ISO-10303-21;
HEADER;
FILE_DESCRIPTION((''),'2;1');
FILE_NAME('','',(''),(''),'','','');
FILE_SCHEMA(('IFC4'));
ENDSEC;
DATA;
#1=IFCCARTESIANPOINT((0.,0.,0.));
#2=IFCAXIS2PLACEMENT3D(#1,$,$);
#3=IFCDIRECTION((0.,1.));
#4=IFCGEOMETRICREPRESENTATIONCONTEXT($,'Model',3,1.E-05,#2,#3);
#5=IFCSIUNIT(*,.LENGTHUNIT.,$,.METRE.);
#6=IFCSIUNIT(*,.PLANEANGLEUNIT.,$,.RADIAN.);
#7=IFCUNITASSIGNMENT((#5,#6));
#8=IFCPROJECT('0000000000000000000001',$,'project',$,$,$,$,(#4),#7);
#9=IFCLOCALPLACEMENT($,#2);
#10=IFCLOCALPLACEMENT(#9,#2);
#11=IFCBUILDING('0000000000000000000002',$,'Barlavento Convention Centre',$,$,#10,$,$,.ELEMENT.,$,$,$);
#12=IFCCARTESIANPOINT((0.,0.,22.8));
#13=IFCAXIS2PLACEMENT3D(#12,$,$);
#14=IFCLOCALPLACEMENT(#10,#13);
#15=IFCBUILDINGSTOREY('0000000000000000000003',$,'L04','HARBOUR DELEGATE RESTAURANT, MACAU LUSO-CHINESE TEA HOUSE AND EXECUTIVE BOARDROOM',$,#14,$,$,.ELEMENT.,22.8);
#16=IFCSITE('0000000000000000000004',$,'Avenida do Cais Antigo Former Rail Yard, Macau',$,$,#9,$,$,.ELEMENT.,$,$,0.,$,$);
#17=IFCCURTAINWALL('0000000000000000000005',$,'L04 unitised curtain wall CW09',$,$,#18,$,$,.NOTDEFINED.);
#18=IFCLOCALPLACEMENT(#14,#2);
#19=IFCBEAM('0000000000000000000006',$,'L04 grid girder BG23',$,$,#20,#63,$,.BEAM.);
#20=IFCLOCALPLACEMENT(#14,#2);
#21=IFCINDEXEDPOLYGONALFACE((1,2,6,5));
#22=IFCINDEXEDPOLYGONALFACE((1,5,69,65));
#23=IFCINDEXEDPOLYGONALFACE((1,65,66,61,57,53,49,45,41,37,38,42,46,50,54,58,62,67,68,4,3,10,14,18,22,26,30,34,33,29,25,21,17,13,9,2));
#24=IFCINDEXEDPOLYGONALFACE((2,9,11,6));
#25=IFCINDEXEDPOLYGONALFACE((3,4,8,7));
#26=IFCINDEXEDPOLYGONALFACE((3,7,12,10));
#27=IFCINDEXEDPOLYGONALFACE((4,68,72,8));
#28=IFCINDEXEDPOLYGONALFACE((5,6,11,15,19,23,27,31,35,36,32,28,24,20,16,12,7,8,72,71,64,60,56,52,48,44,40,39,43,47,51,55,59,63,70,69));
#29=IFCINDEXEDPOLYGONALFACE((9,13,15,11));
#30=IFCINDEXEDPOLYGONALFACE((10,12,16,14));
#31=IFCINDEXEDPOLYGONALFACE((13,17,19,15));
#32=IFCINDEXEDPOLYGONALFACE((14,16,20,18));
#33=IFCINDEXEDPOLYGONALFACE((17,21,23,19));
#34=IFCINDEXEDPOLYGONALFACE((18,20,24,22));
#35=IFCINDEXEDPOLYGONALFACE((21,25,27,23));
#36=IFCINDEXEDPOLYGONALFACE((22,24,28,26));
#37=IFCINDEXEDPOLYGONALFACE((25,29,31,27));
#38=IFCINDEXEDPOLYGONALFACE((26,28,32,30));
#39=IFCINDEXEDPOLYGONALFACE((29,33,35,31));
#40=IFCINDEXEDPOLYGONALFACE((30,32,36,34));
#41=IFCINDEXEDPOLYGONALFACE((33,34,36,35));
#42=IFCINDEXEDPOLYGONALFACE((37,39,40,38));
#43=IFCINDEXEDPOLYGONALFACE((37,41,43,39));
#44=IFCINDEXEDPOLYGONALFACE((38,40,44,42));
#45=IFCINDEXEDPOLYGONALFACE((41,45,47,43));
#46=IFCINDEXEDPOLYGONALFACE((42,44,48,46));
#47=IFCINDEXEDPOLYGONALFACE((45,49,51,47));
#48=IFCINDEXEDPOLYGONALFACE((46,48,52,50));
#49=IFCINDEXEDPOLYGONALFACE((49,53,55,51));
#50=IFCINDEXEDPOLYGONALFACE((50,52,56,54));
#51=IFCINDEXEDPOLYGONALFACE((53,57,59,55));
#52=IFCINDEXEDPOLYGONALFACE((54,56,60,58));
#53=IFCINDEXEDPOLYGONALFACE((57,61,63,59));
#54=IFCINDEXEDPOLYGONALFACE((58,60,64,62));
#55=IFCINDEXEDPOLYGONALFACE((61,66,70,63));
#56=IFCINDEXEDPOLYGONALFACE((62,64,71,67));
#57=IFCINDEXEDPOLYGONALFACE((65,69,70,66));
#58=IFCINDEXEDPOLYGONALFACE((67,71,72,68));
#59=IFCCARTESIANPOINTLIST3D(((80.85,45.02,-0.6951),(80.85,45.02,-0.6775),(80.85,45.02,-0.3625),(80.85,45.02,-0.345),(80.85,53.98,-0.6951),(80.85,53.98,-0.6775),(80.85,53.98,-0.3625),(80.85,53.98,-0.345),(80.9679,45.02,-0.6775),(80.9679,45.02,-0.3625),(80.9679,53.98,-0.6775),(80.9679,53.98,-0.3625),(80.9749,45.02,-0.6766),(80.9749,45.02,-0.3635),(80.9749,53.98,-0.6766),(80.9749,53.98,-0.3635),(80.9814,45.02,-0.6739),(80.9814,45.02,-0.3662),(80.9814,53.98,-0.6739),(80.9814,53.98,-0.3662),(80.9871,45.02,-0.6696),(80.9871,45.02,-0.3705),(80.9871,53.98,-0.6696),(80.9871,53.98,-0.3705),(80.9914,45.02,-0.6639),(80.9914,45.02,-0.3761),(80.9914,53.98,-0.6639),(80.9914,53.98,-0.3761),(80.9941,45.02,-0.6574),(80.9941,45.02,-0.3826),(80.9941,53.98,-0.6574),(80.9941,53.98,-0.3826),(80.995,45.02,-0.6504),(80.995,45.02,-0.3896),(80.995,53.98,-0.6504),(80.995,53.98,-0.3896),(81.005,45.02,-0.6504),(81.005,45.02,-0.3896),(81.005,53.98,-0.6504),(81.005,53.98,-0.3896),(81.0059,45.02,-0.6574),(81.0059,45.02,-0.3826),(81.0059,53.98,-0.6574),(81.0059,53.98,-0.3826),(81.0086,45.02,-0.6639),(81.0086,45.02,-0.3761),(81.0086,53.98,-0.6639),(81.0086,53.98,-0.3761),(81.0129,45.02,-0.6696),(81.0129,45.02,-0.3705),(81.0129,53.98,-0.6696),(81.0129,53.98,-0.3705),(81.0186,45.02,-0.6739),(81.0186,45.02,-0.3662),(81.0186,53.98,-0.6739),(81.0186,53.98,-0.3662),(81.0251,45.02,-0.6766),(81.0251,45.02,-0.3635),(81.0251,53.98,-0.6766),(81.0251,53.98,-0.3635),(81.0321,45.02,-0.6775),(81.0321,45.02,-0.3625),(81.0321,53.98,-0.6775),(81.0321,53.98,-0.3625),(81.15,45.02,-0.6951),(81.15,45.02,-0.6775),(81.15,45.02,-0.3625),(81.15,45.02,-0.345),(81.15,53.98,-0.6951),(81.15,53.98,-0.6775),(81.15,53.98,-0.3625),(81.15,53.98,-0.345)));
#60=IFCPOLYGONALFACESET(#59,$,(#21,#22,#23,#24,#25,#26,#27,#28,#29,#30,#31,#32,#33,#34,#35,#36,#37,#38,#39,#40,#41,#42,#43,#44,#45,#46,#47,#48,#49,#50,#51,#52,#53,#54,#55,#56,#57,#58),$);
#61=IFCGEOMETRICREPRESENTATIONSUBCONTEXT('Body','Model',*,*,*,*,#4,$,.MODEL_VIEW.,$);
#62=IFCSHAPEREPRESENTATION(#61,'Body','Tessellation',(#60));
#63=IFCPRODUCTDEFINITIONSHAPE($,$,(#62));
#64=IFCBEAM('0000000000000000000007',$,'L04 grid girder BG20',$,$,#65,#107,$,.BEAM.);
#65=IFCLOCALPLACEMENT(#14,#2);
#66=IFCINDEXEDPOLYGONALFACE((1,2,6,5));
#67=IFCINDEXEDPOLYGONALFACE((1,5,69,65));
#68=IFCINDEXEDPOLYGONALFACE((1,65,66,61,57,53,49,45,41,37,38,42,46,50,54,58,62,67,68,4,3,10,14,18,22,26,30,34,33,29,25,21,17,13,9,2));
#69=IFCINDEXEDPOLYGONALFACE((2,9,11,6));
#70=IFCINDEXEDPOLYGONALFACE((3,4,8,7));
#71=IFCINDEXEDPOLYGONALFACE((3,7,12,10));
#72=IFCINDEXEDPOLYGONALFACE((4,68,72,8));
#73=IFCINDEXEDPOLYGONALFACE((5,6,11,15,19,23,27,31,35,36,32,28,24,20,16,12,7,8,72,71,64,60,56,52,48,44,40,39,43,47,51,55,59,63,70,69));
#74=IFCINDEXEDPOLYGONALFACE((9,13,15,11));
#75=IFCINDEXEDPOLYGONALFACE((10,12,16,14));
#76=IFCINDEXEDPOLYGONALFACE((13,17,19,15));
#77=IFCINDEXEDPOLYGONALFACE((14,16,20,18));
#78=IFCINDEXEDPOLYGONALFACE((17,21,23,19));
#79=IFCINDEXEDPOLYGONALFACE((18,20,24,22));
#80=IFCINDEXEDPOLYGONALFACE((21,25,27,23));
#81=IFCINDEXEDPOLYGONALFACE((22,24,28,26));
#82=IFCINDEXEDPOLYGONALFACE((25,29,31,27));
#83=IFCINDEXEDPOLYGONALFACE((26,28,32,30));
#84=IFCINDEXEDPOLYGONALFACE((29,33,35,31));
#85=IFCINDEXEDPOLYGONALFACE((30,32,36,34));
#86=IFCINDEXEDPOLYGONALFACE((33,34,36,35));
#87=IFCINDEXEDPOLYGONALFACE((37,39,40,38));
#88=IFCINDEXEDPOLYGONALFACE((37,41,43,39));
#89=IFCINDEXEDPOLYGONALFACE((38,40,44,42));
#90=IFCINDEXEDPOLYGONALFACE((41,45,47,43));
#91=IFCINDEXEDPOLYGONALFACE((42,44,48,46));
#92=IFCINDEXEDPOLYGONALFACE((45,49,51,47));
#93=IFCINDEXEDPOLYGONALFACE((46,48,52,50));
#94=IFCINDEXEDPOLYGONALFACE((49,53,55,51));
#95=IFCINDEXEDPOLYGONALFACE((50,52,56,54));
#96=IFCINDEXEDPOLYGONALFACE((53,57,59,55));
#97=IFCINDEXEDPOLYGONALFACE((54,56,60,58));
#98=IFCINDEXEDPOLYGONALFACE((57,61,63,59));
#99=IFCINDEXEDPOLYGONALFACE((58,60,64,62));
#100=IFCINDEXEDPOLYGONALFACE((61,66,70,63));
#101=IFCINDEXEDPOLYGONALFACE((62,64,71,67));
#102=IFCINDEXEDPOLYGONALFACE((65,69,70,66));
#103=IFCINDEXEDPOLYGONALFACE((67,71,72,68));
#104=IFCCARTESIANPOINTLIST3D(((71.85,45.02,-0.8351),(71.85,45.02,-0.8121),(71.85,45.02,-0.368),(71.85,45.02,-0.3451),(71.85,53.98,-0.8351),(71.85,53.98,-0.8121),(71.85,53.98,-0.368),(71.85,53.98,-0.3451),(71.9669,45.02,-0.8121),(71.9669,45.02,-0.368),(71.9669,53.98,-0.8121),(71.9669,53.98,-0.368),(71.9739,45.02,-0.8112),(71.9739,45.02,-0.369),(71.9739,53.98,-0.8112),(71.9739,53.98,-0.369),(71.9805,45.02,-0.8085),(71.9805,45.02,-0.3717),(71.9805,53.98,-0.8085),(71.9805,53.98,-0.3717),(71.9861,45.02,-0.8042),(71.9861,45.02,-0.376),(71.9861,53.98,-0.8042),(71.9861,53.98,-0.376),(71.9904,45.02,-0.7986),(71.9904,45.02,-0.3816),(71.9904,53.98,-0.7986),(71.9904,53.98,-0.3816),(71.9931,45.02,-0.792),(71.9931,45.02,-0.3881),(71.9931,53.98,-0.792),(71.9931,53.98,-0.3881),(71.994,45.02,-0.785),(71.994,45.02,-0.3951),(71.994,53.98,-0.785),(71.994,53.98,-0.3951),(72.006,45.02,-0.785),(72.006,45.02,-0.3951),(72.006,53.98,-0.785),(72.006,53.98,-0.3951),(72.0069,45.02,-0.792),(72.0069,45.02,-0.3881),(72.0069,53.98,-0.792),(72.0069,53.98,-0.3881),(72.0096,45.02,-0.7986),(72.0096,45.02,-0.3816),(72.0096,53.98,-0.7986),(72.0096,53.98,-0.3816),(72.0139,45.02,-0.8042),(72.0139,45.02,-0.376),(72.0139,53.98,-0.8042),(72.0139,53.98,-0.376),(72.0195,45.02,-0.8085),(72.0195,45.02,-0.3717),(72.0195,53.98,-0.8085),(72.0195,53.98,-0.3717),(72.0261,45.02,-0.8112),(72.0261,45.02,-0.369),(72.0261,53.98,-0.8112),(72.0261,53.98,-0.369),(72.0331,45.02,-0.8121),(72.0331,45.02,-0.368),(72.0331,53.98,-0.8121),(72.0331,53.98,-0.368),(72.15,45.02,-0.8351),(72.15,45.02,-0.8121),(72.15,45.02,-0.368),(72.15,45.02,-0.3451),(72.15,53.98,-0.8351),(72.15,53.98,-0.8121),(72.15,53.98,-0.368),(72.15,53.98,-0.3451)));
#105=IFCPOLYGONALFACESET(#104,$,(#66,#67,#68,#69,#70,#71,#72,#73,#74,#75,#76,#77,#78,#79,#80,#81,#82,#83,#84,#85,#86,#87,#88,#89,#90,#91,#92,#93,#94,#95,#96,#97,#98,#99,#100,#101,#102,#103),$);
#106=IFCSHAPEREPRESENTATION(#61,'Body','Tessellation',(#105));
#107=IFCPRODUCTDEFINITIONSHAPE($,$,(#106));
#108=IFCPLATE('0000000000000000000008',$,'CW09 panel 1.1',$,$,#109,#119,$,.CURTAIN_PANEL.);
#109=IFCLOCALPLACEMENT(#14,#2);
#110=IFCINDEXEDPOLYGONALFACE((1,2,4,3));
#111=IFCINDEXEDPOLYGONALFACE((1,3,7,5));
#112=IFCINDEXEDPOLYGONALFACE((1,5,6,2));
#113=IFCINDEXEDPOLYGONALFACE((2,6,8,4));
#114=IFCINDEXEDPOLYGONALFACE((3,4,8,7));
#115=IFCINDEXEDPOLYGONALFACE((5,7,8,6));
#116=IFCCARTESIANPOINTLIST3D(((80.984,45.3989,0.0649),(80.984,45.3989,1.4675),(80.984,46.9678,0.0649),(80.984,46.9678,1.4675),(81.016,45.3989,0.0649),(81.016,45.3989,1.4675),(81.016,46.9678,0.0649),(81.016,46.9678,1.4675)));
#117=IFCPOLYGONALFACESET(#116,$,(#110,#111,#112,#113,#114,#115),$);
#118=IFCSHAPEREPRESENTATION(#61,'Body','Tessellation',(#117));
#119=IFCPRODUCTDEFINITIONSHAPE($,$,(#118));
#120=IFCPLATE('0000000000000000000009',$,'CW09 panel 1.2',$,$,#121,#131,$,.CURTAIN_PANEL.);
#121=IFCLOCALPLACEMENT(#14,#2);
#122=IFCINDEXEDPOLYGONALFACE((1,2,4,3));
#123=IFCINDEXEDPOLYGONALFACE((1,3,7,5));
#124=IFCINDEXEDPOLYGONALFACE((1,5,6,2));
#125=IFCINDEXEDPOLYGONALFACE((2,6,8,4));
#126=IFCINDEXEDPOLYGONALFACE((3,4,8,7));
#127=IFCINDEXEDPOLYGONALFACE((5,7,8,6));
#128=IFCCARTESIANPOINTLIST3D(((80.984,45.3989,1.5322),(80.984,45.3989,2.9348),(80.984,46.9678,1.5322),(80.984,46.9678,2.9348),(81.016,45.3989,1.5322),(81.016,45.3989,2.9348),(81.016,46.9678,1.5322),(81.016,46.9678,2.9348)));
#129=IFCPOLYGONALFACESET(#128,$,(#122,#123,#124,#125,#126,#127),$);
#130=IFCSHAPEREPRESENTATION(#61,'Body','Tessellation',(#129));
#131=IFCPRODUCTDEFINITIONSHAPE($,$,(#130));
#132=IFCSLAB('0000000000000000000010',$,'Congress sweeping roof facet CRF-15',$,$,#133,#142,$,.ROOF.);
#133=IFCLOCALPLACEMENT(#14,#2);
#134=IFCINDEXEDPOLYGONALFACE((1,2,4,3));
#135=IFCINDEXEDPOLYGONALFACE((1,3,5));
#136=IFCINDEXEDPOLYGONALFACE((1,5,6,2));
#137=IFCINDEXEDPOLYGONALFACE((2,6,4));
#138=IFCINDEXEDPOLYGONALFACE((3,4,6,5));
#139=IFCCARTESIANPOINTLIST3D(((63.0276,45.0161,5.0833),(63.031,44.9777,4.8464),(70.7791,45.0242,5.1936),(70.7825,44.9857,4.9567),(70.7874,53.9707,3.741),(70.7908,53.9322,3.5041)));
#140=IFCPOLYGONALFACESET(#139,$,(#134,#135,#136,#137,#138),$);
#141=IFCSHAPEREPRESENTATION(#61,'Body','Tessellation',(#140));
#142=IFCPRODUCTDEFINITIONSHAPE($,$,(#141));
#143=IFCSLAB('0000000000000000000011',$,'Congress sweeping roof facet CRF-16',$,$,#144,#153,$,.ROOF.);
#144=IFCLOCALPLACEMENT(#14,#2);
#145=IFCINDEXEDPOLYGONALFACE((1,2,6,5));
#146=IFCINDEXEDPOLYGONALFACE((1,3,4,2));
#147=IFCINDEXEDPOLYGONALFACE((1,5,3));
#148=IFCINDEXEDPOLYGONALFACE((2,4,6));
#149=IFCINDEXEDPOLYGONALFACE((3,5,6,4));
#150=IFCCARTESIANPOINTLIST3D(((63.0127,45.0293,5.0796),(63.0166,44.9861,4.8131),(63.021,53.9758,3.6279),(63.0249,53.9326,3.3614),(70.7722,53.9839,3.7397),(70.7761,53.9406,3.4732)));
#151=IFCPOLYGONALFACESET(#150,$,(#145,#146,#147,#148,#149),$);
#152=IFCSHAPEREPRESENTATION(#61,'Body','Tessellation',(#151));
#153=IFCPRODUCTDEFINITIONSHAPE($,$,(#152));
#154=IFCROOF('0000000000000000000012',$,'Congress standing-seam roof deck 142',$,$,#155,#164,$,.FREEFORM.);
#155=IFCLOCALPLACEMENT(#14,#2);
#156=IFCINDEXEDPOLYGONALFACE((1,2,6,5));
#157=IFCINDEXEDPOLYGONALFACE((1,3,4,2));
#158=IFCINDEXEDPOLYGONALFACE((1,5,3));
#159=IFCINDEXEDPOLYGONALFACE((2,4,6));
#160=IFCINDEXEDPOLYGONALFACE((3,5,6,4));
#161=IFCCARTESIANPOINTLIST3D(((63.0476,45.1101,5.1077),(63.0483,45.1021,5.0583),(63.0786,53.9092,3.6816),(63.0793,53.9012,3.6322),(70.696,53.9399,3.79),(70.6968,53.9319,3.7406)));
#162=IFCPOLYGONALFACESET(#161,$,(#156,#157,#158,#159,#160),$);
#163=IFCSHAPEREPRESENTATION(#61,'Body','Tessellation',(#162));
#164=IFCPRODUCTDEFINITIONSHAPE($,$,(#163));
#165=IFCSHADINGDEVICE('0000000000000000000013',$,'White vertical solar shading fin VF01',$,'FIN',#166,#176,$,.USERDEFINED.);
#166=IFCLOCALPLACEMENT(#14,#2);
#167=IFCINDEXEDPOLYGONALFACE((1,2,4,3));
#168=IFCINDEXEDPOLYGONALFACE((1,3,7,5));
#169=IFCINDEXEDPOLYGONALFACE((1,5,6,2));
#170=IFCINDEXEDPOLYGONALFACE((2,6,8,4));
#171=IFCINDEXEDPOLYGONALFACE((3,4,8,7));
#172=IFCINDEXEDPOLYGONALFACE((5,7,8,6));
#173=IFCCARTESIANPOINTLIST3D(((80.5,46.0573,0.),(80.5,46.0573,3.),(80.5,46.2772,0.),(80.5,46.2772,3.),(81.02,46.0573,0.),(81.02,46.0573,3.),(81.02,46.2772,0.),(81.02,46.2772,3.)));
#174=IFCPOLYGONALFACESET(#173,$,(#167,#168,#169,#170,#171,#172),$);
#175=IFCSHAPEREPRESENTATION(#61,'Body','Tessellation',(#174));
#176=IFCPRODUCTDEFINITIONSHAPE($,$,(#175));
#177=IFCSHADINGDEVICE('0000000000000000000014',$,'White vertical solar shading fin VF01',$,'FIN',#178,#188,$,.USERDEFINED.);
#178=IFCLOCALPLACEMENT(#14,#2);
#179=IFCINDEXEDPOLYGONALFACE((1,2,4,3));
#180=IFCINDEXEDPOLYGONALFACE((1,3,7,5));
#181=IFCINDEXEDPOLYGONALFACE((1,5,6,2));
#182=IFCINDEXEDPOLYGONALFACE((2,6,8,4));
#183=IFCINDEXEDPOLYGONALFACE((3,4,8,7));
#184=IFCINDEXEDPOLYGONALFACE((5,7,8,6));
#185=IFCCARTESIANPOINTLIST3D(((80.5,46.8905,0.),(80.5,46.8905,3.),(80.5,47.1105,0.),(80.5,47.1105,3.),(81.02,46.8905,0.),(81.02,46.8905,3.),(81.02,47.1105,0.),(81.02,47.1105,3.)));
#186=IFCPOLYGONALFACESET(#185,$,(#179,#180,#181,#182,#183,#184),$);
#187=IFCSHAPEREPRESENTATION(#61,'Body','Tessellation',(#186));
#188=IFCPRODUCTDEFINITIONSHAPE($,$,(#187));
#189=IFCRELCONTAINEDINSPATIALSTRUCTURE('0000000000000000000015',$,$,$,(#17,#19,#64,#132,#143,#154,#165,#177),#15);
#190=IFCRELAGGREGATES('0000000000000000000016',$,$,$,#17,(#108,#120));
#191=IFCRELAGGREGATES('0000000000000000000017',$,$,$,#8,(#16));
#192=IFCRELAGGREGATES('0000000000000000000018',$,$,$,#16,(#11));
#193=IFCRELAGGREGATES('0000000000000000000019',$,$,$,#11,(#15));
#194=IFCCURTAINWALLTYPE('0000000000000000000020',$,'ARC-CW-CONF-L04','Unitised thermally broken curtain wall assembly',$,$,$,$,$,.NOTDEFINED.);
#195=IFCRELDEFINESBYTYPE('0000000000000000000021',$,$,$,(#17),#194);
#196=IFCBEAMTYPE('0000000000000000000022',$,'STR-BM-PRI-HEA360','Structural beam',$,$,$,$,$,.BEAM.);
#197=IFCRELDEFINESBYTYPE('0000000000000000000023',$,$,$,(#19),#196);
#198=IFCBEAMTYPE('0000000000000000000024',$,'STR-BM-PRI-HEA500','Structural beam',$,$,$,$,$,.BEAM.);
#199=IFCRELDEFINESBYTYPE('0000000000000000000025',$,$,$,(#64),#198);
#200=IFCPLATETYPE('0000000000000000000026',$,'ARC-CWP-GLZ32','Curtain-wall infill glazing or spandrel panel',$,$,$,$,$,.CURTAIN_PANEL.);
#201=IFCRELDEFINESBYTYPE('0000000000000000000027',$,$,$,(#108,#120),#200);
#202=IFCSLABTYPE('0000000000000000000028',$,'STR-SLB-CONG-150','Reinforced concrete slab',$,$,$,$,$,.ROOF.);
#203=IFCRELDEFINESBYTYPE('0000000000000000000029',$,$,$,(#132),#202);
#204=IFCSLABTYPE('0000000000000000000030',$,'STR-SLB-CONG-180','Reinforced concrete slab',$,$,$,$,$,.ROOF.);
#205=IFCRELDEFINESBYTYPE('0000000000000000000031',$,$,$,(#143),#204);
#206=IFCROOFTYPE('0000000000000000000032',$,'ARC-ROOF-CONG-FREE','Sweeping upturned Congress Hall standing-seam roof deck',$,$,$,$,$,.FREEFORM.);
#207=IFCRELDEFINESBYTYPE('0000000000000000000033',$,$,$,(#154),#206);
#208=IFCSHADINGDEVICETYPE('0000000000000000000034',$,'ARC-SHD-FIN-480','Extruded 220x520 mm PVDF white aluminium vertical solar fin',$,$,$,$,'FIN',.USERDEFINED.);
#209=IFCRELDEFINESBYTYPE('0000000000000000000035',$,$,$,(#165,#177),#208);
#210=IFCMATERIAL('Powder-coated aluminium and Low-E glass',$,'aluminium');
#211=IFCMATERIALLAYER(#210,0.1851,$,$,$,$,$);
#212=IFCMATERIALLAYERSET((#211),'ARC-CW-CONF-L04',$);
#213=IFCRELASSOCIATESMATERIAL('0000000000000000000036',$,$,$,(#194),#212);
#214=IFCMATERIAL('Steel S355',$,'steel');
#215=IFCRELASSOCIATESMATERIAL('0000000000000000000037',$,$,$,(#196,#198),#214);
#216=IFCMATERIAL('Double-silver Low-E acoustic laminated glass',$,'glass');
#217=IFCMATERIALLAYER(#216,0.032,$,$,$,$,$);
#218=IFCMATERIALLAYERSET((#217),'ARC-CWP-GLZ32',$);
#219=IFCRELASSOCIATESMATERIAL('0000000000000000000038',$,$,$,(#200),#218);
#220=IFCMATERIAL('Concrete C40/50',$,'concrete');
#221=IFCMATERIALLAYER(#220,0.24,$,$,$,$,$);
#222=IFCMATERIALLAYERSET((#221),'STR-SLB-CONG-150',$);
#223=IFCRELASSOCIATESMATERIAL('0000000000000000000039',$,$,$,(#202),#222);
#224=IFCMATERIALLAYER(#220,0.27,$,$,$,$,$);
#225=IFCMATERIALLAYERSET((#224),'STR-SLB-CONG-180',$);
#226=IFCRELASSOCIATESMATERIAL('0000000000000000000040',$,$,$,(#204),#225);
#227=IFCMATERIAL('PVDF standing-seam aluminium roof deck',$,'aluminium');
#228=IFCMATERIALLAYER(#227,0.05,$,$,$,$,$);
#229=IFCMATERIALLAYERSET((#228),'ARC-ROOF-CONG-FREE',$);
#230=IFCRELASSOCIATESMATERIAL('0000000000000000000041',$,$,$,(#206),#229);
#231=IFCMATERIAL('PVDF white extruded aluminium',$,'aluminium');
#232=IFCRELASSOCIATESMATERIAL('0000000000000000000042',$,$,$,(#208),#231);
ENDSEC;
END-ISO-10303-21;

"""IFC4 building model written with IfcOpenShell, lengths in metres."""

from ifc_helpers import new_model, si_unit, direction, frame, origin, origin_2d, place, context, subcontext, project, spatial, polyline, rectangle, i_section, outline, extrude, material, layer, layer_set, material_profile, profile_set, type_object, element, aggregate, save


model = new_model("IFC4")

# Units and contexts
model_context = context("Model", 3, precision=1e-05, world=origin(), true_north=direction((0.0, 1.0)))
body_context = subcontext(model_context, "Body", "Model", "MODEL_VIEW")
ifc_project = project(units=[si_unit("LENGTHUNIT", "METRE"), si_unit("PLANEANGLEUNIT", "RADIAN")], contexts=[model_context])

# Site, building, storey
site_placement = place(None, origin())
site = spatial("IfcSite", under=ifc_project, at=site_placement, Name="Avenida do Cais Antigo Former Rail Yard, Macau", CompositionType="ELEMENT", RefElevation=0.0)
building_placement = place(site_placement, origin())
building = spatial("IfcBuilding", under=site, at=building_placement, Name="Barlavento Convention Centre", CompositionType="ELEMENT")
storey_placement = place(building_placement, frame((0.0, 0.0, 22.8)))
storey = spatial("IfcBuildingStorey", under=building, at=storey_placement, Name="L04", Description="HARBOUR DELEGATE RESTAURANT, MACAU LUSO-CHINESE TEA HOUSE AND EXECUTIVE BOARDROOM", CompositionType="ELEMENT", Elevation=22.8)

# Curtain wall
ifc_material_1 = material(Name="Powder-coated aluminium and Low-E glass", Category="aluminium")
ifc_layer_1 = layer(ifc_material_1, 0.1851)
ifc_layer_set_1 = layer_set([ifc_layer_1], Name="ARC-CW-CONF-L04")
curtain_wall_type = type_object("IfcCurtainWallType", Name="ARC-CW-CONF-L04", Description="Unitised thermally broken curtain wall assembly", PredefinedType="NOTDEFINED", material=ifc_layer_set_1)
curtain_wall_placement = place(storey_placement, origin())
curtain_wall = element("IfcCurtainWall", 1, at=curtain_wall_placement, inside=storey, type_object=curtain_wall_type, Name="L04 unitised curtain wall CW09", PredefinedType="NOTDEFINED")

# Beams
ifc_material_2 = material(Name="Steel S355", Category="steel")
ifc_material_profile_1 = material_profile(ifc_material_2, i_section(OverallWidth=0.3, OverallDepth=0.3501, WebThickness=0.01, FlangeThickness=0.0176, FilletRadius=0.0271, at=origin_2d()), Name="HEA 360")
ifc_profile_set_1 = profile_set([ifc_material_profile_1], Name="Steel S355")
beam_type_1 = type_object("IfcBeamType", Name="STR-BM-PRI-HEA360", Description="Structural beam", PredefinedType="BEAM", material=ifc_profile_set_1)
beam_1_placement = place(storey_placement, frame((81.0, 45.02, -0.52), z_axis=(0.0, 1.0, 0.0), x_axis=(-1.0, 0.0, 0.0)))
element("IfcBeam", 2, at=beam_1_placement, inside=storey, type_object=beam_type_1, Name="L04 grid girder BG23", PredefinedType="BEAM", context=body_context, shape_type="SweptSolid", body=[
    extrude(i_section(OverallWidth=0.3, OverallDepth=0.3501, WebThickness=0.01, FlangeThickness=0.0176, FilletRadius=0.0271, at=origin_2d()), origin(), (0.0, 0.0, 1.0), 8.96),
])
ifc_material_profile_2 = material_profile(ifc_material_2, i_section(OverallWidth=0.3, OverallDepth=0.49, WebThickness=0.012, FlangeThickness=0.0229, FilletRadius=0.0271, at=origin_2d()), Name="HEA 500")
ifc_profile_set_2 = profile_set([ifc_material_profile_2], Name="Steel S355")
beam_type_2 = type_object("IfcBeamType", Name="STR-BM-PRI-HEA500", Description="Structural beam", PredefinedType="BEAM", material=ifc_profile_set_2)
beam_2_placement = place(storey_placement, frame((72.0, 45.02, -0.5901), z_axis=(0.0, 1.0, 0.0), x_axis=(-1.0, 0.0, 0.0)))
element("IfcBeam", 3, at=beam_2_placement, inside=storey, type_object=beam_type_2, Name="L04 grid girder BG20", PredefinedType="BEAM", context=body_context, shape_type="SweptSolid", body=[
    extrude(i_section(OverallWidth=0.3, OverallDepth=0.49, WebThickness=0.012, FlangeThickness=0.0229, FilletRadius=0.0271, at=origin_2d()), origin(), (0.0, 0.0, 1.0), 8.96),
])

# Plates
ifc_material_3 = material(Name="Double-silver Low-E acoustic laminated glass", Category="glass")
ifc_layer_2 = layer(ifc_material_3, 0.032)
ifc_layer_set_2 = layer_set([ifc_layer_2], Name="ARC-CWP-GLZ32")
plate_type = type_object("IfcPlateType", Name="ARC-CWP-GLZ32", Description="Curtain-wall infill glazing or spandrel panel", PredefinedType="CURTAIN_PANEL", material=ifc_layer_set_2)
plate_1_placement = place(storey_placement, frame((81.0, 46.1833, 0.0649), z_axis=(0.0, 0.0, 1.0), x_axis=(0.0, 1.0, 0.0)))
plate_1 = element("IfcPlate", 4, at=plate_1_placement, type_object=plate_type, Name="CW09 panel 1.1", PredefinedType="CURTAIN_PANEL", context=body_context, shape_type="SweptSolid", body=[
    extrude(rectangle(XDim=1.5688, YDim=0.032, at=origin_2d()), origin(), (0.0, 0.0, 1.0), 1.4026),
])
plate_2_placement = place(storey_placement, frame((81.0, 46.1833, 1.5322), z_axis=(0.0, 0.0, 1.0), x_axis=(0.0, 1.0, 0.0)))
plate_2 = element("IfcPlate", 5, at=plate_2_placement, type_object=plate_type, Name="CW09 panel 1.2", PredefinedType="CURTAIN_PANEL", context=body_context, shape_type="SweptSolid", body=[
    extrude(rectangle(XDim=1.5688, YDim=0.032, at=origin_2d()), origin(), (0.0, 0.0, 1.0), 1.4026),
])
aggregate(curtain_wall, [plate_1, plate_2])

# Slabs
ifc_material_4 = material(Name="Concrete C40/50", Category="concrete")
ifc_layer_3 = layer(ifc_material_4, 0.24)
ifc_layer_set_3 = layer_set([ifc_layer_3], Name="STR-SLB-CONG-150")
slab_type_1 = type_object("IfcSlabType", Name="STR-SLB-CONG-150", Description="Reinforced concrete slab", PredefinedType="ROOF", material=ifc_layer_set_3)
slab_1_placement = place(storey_placement, frame((63.0276, 45.0161, 5.0833), z_axis=(-0.014217, 0.160266, 0.986971), x_axis=(0.999898, 0.001039, 0.014235)))
element("IfcSlab", 6, at=slab_1_placement, inside=storey, type_object=slab_type_1, Name="Congress sweeping roof facet CRF-15", PredefinedType="ROOF", context=body_context, shape_type="SweptSolid", body=[
    extrude(outline(polyline([(0.0, 0.0), (7.7523, 0.0), (7.7492, 9.0637), (0.0, 0.0)])), origin(), (0.0, 0.0, -1.0), 0.24),
])
ifc_layer_4 = layer(ifc_material_4, 0.27)
ifc_layer_set_4 = layer_set([ifc_layer_4], Name="STR-SLB-CONG-180")
slab_type_2 = type_object("IfcSlabType", Name="STR-SLB-CONG-180", Description="Reinforced concrete slab", PredefinedType="ROOF", material=ifc_layer_set_4)
slab_2_placement = place(storey_placement, frame((63.0127, 45.0293, 5.0796), z_axis=(-0.014404, 0.160161, 0.986986), x_axis=(0.650729, 0.75095, -0.112362)))
element("IfcSlab", 7, at=slab_2_placement, inside=storey, type_object=slab_type_2, Name="Congress sweeping roof facet CRF-16", PredefinedType="ROOF", context=body_context, shape_type="SweptSolid", body=[
    extrude(outline(polyline([(0.0, 0.0), (11.9243, 0.0), (6.8869, 5.8922), (0.0, 0.0)])), origin(), (0.0, 0.0, -1.0), 0.27),
])

# Roof
ifc_material_5 = material(Name="PVDF standing-seam aluminium roof deck", Category="aluminium")
ifc_layer_5 = layer(ifc_material_5, 0.05)
ifc_layer_set_5 = layer_set([ifc_layer_5], Name="ARC-ROOF-CONG-FREE")
roof_type = type_object("IfcRoofType", Name="ARC-ROOF-CONG-FREE", Description="Sweeping upturned Congress Hall standing-seam roof deck", PredefinedType="FREEFORM", material=ifc_layer_set_5)
roof_placement = place(storey_placement, frame((63.0476, 45.1101, 5.1077), z_axis=(-0.014692, 0.160011, 0.987006), x_axis=(0.650605, 0.751099, -0.112082)))
element("IfcRoof", 8, at=roof_placement, inside=storey, type_object=roof_type, Name="Congress standing-seam roof deck 142", PredefinedType="FREEFORM", context=body_context, shape_type="SweptSolid", body=[
    extrude(outline(polyline([(0.0, 0.0), (11.7559, 0.0), (6.789, 5.7765), (0.0, 0.0)])), origin(), (0.0, 0.0, -1.0), 0.05),
])

# Shading devices
ifc_material_6 = material(Name="PVDF white extruded aluminium", Category="aluminium")
shading_device_type = type_object("IfcShadingDeviceType", Name="ARC-SHD-FIN-480", Description="Extruded 220x520 mm PVDF white aluminium vertical solar fin", ElementType="FIN", PredefinedType="USERDEFINED", material=ifc_material_6)
for number, where, z_axis, x_axis, name in (
    (9, (80.76, 46.1672, 0.0), (0.0, 0.0, 1.0), (0.0, 1.0, 0.0), "White vertical solar shading fin VF01"),
    (10, (80.76, 47.0005, 0.0), (0.0, 0.0, 1.0), (0.0, 1.0, 0.0), "White vertical solar shading fin VF01"),
):
    element("IfcShadingDevice", number, at=place(storey_placement, frame(where, z_axis=z_axis, x_axis=x_axis)), inside=storey, type_object=shading_device_type, Name=name, ObjectType="FIN", PredefinedType="USERDEFINED", context=body_context, shape_type="SweptSolid", body=[
        extrude(rectangle(XDim=0.22, YDim=0.52, at=origin_2d()), origin(), (0.0, 0.0, 1.0), 3.0),
    ])

save(model, "model.ifc")
